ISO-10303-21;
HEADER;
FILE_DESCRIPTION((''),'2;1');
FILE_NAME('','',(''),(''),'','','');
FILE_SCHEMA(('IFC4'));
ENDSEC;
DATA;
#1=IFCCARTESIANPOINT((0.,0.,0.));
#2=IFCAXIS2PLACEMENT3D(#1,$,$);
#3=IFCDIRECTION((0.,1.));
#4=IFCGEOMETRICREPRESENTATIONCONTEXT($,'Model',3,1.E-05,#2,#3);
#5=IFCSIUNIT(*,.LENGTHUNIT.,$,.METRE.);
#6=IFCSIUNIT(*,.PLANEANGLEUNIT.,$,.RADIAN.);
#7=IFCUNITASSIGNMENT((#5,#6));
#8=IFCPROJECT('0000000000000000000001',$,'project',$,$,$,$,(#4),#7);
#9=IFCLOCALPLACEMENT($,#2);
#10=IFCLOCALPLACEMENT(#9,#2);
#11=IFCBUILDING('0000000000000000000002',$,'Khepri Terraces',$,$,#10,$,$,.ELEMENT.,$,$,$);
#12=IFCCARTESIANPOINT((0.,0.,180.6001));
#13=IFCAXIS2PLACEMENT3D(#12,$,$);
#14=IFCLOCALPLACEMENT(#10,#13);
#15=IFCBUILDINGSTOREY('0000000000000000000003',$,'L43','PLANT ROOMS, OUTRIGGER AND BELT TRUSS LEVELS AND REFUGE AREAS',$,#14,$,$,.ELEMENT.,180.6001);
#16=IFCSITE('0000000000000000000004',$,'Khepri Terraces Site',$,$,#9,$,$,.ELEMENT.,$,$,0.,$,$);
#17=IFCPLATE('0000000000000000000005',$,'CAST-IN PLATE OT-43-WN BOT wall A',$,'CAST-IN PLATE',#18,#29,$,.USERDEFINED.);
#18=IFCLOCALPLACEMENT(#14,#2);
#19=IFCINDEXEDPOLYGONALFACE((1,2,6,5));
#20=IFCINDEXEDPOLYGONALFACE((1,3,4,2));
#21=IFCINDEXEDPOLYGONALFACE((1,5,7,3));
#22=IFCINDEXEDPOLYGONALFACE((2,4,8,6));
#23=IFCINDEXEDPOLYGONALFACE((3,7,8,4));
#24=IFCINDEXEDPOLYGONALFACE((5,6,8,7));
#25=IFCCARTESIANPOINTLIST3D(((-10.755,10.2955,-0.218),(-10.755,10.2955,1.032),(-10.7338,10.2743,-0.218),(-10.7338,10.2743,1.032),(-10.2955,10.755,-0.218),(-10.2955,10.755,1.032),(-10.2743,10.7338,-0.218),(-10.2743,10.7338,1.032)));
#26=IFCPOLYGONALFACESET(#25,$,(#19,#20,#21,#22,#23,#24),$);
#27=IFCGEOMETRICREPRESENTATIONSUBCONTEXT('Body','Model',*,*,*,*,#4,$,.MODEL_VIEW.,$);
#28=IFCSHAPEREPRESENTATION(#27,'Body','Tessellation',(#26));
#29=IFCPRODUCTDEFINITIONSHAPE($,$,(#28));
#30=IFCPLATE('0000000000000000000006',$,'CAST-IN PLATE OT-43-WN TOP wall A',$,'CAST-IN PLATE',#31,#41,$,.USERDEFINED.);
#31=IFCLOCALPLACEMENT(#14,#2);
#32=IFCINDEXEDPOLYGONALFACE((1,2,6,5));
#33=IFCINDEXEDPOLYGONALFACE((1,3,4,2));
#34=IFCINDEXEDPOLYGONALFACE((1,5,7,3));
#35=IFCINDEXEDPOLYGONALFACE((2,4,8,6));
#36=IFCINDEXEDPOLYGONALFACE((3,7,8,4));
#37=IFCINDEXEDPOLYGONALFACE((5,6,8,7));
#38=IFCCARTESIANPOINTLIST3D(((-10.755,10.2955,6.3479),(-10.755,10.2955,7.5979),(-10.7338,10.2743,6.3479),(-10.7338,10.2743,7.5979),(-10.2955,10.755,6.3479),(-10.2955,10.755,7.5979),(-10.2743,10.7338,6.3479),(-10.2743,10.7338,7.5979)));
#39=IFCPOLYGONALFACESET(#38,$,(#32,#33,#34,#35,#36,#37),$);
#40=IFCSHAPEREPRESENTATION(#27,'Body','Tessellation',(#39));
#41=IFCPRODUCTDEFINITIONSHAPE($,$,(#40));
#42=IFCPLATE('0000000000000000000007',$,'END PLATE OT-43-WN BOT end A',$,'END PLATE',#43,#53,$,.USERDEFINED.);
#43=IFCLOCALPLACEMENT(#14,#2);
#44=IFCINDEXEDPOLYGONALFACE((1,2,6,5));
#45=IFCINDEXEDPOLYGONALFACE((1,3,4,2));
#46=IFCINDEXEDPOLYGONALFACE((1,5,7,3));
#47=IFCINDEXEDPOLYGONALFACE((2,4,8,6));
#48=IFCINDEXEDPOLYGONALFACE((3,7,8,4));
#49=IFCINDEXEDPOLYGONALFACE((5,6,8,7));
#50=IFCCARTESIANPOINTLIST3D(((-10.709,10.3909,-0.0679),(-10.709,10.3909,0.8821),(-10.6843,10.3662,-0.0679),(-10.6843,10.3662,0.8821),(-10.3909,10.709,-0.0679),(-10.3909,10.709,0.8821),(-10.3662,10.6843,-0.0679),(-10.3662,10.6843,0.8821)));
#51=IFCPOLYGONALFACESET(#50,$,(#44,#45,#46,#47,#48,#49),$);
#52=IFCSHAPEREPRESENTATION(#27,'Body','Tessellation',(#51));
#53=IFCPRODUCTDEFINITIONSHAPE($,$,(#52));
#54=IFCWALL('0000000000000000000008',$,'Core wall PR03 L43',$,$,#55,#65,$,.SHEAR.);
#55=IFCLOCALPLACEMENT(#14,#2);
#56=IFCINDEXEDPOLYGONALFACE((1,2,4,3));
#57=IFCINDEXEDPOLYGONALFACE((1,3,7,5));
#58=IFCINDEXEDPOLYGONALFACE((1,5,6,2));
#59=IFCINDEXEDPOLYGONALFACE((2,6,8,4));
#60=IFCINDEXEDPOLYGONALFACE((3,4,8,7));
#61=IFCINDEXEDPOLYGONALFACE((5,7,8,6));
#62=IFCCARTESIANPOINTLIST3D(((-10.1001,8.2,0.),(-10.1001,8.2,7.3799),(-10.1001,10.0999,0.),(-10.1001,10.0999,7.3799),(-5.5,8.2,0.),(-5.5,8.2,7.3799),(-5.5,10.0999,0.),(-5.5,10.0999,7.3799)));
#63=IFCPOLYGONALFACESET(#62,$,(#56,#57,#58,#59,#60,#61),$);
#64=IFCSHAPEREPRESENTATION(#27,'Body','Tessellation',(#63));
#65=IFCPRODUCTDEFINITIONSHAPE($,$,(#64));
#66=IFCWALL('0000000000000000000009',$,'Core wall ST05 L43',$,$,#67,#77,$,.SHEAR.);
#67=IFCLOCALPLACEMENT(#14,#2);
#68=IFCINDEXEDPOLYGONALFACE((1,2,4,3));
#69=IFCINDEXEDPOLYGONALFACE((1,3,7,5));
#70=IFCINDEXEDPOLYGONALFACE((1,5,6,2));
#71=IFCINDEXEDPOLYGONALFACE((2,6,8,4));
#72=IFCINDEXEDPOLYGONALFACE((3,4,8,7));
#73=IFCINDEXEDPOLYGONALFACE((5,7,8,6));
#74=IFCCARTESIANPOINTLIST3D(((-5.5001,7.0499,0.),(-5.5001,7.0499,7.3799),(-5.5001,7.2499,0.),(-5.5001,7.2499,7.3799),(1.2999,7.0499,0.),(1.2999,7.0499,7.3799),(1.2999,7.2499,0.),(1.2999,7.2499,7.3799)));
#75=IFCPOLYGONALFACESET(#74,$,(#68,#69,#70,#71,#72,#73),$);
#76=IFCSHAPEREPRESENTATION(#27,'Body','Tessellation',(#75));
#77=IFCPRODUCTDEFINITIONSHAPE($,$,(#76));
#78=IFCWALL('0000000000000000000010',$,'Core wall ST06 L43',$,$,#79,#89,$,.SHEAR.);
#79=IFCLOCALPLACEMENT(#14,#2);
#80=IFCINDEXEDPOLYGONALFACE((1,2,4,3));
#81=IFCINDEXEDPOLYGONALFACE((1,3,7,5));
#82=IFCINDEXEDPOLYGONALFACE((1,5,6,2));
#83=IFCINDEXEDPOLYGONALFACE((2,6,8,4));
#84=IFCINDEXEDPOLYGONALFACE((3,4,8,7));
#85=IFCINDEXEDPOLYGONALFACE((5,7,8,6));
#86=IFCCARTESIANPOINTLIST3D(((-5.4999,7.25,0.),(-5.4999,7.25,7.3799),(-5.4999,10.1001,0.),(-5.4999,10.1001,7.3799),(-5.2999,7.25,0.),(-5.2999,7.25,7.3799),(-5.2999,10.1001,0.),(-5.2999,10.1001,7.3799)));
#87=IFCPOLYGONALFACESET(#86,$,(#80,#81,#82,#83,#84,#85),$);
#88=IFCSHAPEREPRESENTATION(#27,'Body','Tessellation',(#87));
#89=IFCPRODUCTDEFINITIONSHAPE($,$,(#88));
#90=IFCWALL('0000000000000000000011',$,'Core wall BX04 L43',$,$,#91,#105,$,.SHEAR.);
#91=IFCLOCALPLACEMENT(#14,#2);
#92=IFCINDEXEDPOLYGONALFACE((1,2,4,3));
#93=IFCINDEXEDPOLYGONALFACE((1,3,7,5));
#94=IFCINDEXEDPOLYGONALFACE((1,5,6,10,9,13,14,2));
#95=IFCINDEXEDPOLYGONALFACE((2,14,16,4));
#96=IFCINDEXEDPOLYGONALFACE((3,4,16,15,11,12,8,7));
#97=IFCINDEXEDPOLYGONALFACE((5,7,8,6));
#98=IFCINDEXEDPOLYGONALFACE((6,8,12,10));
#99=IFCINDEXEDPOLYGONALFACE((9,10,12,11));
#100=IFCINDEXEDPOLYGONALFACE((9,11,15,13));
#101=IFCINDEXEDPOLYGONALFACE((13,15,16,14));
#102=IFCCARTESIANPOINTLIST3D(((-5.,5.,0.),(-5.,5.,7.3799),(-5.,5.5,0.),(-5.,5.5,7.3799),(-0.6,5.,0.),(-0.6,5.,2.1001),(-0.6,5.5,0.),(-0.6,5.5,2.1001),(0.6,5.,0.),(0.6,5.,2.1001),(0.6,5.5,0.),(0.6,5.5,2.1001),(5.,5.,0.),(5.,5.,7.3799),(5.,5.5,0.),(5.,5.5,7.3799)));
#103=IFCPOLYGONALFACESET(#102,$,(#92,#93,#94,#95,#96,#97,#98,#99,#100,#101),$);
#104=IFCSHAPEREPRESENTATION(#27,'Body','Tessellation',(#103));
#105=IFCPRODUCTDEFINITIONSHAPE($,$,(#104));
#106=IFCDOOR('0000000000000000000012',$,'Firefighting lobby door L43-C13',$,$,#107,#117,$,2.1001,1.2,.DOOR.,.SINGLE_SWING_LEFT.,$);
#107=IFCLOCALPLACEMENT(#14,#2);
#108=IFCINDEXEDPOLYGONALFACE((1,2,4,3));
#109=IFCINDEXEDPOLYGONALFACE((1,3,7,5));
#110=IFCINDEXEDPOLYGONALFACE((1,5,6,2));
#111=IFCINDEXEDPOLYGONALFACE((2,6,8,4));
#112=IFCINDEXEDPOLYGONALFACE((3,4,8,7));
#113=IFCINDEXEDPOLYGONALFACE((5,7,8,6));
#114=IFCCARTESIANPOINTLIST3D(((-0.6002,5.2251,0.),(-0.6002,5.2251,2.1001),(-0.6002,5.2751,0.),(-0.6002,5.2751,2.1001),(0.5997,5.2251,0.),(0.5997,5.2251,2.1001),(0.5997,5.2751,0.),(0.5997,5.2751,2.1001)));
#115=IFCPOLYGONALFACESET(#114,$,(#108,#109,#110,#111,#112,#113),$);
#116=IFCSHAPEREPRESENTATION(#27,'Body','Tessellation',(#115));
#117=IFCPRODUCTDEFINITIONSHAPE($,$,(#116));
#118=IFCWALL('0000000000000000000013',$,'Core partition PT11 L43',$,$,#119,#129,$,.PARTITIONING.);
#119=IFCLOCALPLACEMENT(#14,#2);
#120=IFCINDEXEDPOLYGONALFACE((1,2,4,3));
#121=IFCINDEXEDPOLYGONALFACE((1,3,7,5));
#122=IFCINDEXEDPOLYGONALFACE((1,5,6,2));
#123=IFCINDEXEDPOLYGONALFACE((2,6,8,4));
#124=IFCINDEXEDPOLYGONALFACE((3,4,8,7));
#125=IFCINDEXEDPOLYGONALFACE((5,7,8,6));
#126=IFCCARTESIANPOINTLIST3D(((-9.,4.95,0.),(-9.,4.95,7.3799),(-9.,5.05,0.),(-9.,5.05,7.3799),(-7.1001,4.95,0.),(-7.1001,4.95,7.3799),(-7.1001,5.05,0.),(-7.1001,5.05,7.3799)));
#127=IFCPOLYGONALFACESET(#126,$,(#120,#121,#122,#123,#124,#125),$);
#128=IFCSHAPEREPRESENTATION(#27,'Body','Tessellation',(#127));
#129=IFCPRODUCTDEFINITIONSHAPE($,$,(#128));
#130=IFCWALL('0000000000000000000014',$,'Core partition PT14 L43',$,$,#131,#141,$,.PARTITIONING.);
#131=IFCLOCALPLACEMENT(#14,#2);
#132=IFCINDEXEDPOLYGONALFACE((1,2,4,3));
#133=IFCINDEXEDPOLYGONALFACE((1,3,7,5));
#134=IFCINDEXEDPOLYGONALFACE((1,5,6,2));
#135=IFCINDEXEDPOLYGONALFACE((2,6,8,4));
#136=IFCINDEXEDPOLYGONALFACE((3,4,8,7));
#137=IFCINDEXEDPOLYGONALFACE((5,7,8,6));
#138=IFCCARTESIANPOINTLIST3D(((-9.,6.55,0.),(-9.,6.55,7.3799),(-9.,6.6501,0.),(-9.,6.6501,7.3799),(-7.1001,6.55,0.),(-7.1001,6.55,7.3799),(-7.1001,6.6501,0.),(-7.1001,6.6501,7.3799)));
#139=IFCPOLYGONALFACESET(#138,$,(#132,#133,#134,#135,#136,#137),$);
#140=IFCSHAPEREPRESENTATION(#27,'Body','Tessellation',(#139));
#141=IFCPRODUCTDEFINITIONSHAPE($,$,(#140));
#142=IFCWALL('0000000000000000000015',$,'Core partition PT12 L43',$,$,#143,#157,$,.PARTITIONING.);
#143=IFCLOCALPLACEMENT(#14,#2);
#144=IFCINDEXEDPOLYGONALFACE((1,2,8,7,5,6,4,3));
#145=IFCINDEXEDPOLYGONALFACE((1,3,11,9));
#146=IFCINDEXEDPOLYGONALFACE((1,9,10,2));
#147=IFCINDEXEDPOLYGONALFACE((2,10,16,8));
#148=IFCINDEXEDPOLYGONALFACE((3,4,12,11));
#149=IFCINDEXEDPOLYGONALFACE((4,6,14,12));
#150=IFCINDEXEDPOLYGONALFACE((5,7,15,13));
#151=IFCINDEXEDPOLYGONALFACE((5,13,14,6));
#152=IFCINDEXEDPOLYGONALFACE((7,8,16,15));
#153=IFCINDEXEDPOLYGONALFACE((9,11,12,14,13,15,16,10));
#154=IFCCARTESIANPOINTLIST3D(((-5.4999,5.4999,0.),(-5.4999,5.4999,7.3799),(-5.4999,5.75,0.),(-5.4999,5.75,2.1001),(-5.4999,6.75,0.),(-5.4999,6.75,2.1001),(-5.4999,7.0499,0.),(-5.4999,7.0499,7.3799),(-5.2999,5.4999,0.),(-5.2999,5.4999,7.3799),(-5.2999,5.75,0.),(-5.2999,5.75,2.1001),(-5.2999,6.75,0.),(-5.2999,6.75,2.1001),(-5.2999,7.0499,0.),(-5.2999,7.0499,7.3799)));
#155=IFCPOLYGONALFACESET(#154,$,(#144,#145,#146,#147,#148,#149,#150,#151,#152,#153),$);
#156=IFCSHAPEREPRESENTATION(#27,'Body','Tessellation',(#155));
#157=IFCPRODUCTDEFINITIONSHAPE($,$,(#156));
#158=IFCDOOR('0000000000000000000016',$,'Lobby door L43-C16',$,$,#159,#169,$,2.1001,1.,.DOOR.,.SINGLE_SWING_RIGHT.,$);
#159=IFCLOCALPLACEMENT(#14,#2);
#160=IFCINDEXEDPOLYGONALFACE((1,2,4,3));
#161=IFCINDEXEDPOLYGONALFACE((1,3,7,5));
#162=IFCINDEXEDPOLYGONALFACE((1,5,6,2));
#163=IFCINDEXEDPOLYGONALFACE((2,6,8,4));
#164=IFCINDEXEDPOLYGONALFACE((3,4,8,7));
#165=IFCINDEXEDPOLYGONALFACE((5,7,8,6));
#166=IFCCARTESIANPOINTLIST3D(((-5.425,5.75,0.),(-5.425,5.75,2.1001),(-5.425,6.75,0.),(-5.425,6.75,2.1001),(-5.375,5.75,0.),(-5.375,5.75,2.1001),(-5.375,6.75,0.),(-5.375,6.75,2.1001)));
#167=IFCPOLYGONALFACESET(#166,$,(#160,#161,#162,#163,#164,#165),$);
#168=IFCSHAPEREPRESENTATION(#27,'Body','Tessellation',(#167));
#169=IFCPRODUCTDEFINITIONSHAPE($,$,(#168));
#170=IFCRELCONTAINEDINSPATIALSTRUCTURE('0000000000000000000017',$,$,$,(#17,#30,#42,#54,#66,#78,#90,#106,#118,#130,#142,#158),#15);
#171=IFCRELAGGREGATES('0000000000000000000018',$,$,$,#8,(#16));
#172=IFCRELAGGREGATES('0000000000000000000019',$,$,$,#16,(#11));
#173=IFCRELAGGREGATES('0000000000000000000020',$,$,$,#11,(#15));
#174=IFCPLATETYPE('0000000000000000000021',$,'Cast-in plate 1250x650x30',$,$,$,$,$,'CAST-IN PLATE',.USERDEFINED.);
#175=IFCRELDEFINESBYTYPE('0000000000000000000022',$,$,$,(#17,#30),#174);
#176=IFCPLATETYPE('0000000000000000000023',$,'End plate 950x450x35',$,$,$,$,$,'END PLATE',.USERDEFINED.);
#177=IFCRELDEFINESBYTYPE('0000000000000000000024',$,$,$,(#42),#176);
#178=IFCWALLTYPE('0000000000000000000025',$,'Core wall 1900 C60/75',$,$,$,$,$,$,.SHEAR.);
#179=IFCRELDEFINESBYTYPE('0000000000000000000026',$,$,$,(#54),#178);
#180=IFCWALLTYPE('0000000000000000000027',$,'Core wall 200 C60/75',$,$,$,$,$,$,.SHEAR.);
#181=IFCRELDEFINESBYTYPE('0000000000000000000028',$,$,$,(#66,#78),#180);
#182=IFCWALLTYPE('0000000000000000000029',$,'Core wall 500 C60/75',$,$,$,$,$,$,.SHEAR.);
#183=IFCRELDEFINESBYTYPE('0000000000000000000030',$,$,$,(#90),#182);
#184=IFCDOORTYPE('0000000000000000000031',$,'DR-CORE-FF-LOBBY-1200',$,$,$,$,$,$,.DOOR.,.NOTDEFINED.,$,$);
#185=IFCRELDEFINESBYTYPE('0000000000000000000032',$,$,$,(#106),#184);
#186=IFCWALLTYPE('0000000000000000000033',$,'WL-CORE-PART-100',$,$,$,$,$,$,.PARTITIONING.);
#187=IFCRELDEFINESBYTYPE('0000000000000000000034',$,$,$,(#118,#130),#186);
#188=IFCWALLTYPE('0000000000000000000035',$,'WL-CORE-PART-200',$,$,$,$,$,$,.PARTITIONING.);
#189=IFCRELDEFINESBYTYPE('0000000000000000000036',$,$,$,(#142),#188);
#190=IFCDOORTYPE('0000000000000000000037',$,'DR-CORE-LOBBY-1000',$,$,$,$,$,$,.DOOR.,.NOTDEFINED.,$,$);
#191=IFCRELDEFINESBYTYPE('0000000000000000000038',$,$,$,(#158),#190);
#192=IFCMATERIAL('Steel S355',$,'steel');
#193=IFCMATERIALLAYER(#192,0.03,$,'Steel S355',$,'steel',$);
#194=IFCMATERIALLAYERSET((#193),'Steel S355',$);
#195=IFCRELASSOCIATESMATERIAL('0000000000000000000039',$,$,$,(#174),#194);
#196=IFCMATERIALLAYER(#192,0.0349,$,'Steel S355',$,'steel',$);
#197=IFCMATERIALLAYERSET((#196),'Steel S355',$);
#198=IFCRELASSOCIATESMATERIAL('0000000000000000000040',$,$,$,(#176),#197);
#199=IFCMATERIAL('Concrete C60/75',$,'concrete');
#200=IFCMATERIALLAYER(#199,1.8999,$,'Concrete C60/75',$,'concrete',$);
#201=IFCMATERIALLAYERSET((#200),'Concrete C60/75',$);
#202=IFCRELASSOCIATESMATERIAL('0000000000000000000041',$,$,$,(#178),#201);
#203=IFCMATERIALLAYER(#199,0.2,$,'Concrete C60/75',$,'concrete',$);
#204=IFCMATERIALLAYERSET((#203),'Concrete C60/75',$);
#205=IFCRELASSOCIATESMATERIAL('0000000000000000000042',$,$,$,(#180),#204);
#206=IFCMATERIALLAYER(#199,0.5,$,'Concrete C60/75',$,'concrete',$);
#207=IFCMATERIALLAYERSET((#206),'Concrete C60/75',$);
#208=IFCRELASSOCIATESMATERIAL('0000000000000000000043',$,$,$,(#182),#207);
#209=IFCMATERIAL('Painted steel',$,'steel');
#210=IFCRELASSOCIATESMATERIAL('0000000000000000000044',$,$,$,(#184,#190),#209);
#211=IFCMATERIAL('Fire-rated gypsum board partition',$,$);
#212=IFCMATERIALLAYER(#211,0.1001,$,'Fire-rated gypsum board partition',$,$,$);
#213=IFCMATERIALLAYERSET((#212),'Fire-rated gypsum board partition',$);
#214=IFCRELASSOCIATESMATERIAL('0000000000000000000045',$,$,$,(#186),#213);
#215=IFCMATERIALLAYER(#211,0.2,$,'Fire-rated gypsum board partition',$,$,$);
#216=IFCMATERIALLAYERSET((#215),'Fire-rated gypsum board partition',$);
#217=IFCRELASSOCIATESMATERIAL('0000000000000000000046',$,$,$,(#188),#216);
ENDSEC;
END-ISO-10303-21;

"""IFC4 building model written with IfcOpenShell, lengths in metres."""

from ifc_helpers import new_model, si_unit, direction, frame, frame_2d, origin, origin_2d, place, context, subcontext, project, spatial, rectangle, extrude, material, layer, layer_set, type_object, element, fill, save


model = new_model("IFC4")

# Units and contexts
model_context = context("Model", 3, precision=1e-05, world=origin(), true_north=direction((0.0, 1.0)))
body_context = subcontext(model_context, "Body", "Model", "MODEL_VIEW")
ifc_project = project(units=[si_unit("LENGTHUNIT", "METRE"), si_unit("PLANEANGLEUNIT", "RADIAN")], contexts=[model_context])

# Site, building, storey
site_placement = place(None, origin())
site = spatial("IfcSite", under=ifc_project, at=site_placement, Name="Khepri Terraces Site", CompositionType="ELEMENT", RefElevation=0.0)
building_placement = place(site_placement, origin())
building = spatial("IfcBuilding", under=site, at=building_placement, Name="Khepri Terraces", CompositionType="ELEMENT")
storey_placement = place(building_placement, frame((0.0, 0.0, 180.6001)))
storey = spatial("IfcBuildingStorey", under=building, at=storey_placement, Name="L43", Description="PLANT ROOMS, OUTRIGGER AND BELT TRUSS LEVELS AND REFUGE AREAS", CompositionType="ELEMENT", Elevation=180.6001)

# Plates
ifc_material_1 = material(Name="Steel S355", Category="steel")
ifc_layer_1 = layer(ifc_material_1, 0.03, Name="Steel S355", Category="steel")
ifc_layer_set_1 = layer_set([ifc_layer_1], Name="Steel S355")
plate_type_1 = type_object("IfcPlateType", Name="Cast-in plate 1250x650x30", ElementType="CAST-IN PLATE", PredefinedType="USERDEFINED", material=ifc_layer_set_1)
for number, where, z_axis, x_axis, name in (
    (1, (-10.5146, 10.5146, -0.218), (0.0, 0.0, 1.0), (-0.707107, 0.707107, 0.0), "CAST-IN PLATE OT-43-WN BOT wall A"),
    (2, (-10.5146, 10.5146, 6.3479), (0.0, 0.0, 1.0), (-0.707107, 0.707107, 0.0), "CAST-IN PLATE OT-43-WN TOP wall A"),
):
    element("IfcPlate", number, at=place(storey_placement, frame(where, z_axis=z_axis, x_axis=x_axis)), inside=storey, type_object=plate_type_1, Name=name, ObjectType="CAST-IN PLATE", PredefinedType="USERDEFINED", context=body_context, shape_type="SweptSolid", body=[
        extrude(rectangle(XDim=0.03, YDim=0.6499, at=origin_2d()), origin(), (0.0, 0.0, 1.0), 1.25),
    ])
ifc_layer_2 = layer(ifc_material_1, 0.0349, Name="Steel S355", Category="steel")
ifc_layer_set_2 = layer_set([ifc_layer_2], Name="Steel S355")
plate_type_2 = type_object("IfcPlateType", Name="End plate 950x450x35", ElementType="END PLATE", PredefinedType="USERDEFINED", material=ifc_layer_set_2)
plate_placement = place(storey_placement, frame((-10.5376, 10.5376, -0.0679), z_axis=(0.0, 0.0, 1.0), x_axis=(-0.707107, 0.707107, 0.0)))
element("IfcPlate", 3, at=plate_placement, inside=storey, type_object=plate_type_2, Name="END PLATE OT-43-WN BOT end A", ObjectType="END PLATE", PredefinedType="USERDEFINED", context=body_context, shape_type="SweptSolid", body=[
    extrude(rectangle(XDim=0.0349, YDim=0.45, at=origin_2d()), origin(), (0.0, 0.0, 1.0), 0.95),
])

# Walls
ifc_material_2 = material(Name="Concrete C60/75", Category="concrete")
ifc_layer_3 = layer(ifc_material_2, 1.8999, Name="Concrete C60/75", Category="concrete")
ifc_layer_set_3 = layer_set([ifc_layer_3], Name="Concrete C60/75")
wall_type_1 = type_object("IfcWallType", Name="Core wall 1900 C60/75", PredefinedType="SHEAR", material=ifc_layer_set_3)
wall_1_placement = place(storey_placement, frame((-10.1001, 9.1499, 0.0), z_axis=(0.0, 0.0, 1.0), x_axis=(1.0, 0.0, 0.0)))
element("IfcWall", 4, at=wall_1_placement, inside=storey, type_object=wall_type_1, Name="Core wall PR03 L43", PredefinedType="SHEAR", context=body_context, shape_type="SweptSolid", body=[
    extrude(rectangle(XDim=4.6001, YDim=1.8999, at=frame_2d((2.3, 0.0))), origin(), (0.0, 0.0, 1.0), 7.3799),
])
ifc_layer_4 = layer(ifc_material_2, 0.2, Name="Concrete C60/75", Category="concrete")
ifc_layer_set_4 = layer_set([ifc_layer_4], Name="Concrete C60/75")
wall_type_2 = type_object("IfcWallType", Name="Core wall 200 C60/75", PredefinedType="SHEAR", material=ifc_layer_set_4)
wall_2_placement = place(storey_placement, frame((-5.5, 7.1499, 0.0), z_axis=(0.0, 0.0, 1.0), x_axis=(1.0, 0.0, 0.0)))
element("IfcWall", 5, at=wall_2_placement, inside=storey, type_object=wall_type_2, Name="Core wall ST05 L43", PredefinedType="SHEAR", context=body_context, shape_type="SweptSolid", body=[
    extrude(rectangle(XDim=6.8, YDim=0.2, at=frame_2d((3.3999, 0.0))), origin(), (0.0, 0.0, 1.0), 7.3799),
])
wall_3_placement = place(storey_placement, frame((-5.3999, 7.25, 0.0), z_axis=(0.0, 0.0, 1.0), x_axis=(0.0, 1.0, 0.0)))
element("IfcWall", 6, at=wall_3_placement, inside=storey, type_object=wall_type_2, Name="Core wall ST06 L43", PredefinedType="SHEAR", context=body_context, shape_type="SweptSolid", body=[
    extrude(rectangle(XDim=2.8501, YDim=0.2, at=frame_2d((1.425, 0.0))), origin(), (0.0, 0.0, 1.0), 7.3799),
])

# Wall, opening, door
ifc_layer_5 = layer(ifc_material_2, 0.5, Name="Concrete C60/75", Category="concrete")
ifc_layer_set_5 = layer_set([ifc_layer_5], Name="Concrete C60/75")
wall_type_3 = type_object("IfcWallType", Name="Core wall 500 C60/75", PredefinedType="SHEAR", material=ifc_layer_set_5)
wall_4_placement = place(storey_placement, frame((-5.0, 5.25, 0.0), z_axis=(0.0, 0.0, 1.0), x_axis=(1.0, 0.0, 0.0)))
wall_4 = element("IfcWall", 7, at=wall_4_placement, inside=storey, type_object=wall_type_3, Name="Core wall BX04 L43", PredefinedType="SHEAR", context=body_context, shape_type="SweptSolid", body=[
    extrude(rectangle(XDim=10.0, YDim=0.5, at=frame_2d((5.0, 0.0))), origin(), (0.0, 0.0, 1.0), 7.3799),
])
opening_1_placement = place(wall_4_placement, frame((4.3999, 0.0, 0.0)))
opening_1 = element("IfcOpeningElement", 8, at=opening_1_placement, cuts=wall_4, PredefinedType="OPENING", context=body_context, shape_type="SweptSolid", body=[
    extrude(rectangle(XDim=1.2, YDim=2.1001, at=frame_2d((0.6001, 1.05))), frame((0.0, 0.26, 0.0), z_axis=(0.0, -1.0, 0.0), x_axis=(1.0, 0.0, 0.0)), (0.0, 0.0, 1.0), 0.52),
])
ifc_material_3 = material(Name="Painted steel", Category="steel")
door_type_1 = type_object("IfcDoorType", Name="DR-CORE-FF-LOBBY-1200", OperationType="NOTDEFINED", PredefinedType="DOOR", material=ifc_material_3)
door_1_placement = place(opening_1_placement, frame((1.2, 0.0, 0.0), z_axis=(0.0, 0.0, 1.0), x_axis=(-1.0, 0.0, 0.0)))
door_1 = element("IfcDoor", 9, at=door_1_placement, inside=storey, type_object=door_type_1, Name="Firefighting lobby door L43-C13", OperationType="SINGLE_SWING_LEFT", OverallHeight=2.1001, OverallWidth=1.2, PredefinedType="DOOR", context=body_context, shape_type="SweptSolid", body=[
    extrude(rectangle(XDim=1.2, YDim=2.1001, at=frame_2d((0.6001, 1.05))), frame((0.0, 0.0249, 0.0), z_axis=(0.0, -1.0, 0.0), x_axis=(1.0, 0.0, 0.0)), (0.0, 0.0, 1.0), 0.05),
])
fill(opening_1, door_1)

# Walls
ifc_material_4 = material(Name="Fire-rated gypsum board partition")
ifc_layer_6 = layer(ifc_material_4, 0.1001, Name="Fire-rated gypsum board partition")
ifc_layer_set_6 = layer_set([ifc_layer_6], Name="Fire-rated gypsum board partition")
wall_type_4 = type_object("IfcWallType", Name="WL-CORE-PART-100", PredefinedType="PARTITIONING", material=ifc_layer_set_6)
for number, where, z_axis, x_axis, name in (
    (10, (-9.0, 5.0, 0.0), (0.0, 0.0, 1.0), (1.0, 0.0, 0.0), "Core partition PT11 L43"),
    (11, (-9.0, 6.6001, 0.0), (0.0, 0.0, 1.0), (1.0, 0.0, 0.0), "Core partition PT14 L43"),
):
    element("IfcWall", number, at=place(storey_placement, frame(where, z_axis=z_axis, x_axis=x_axis)), inside=storey, type_object=wall_type_4, Name=name, PredefinedType="PARTITIONING", context=body_context, shape_type="SweptSolid", body=[
        extrude(rectangle(XDim=1.8999, YDim=0.1001, at=frame_2d((0.95, 0.0))), origin(), (0.0, 0.0, 1.0), 7.3799),
    ])

# Wall, opening, door
ifc_layer_7 = layer(ifc_material_4, 0.2, Name="Fire-rated gypsum board partition")
ifc_layer_set_7 = layer_set([ifc_layer_7], Name="Fire-rated gypsum board partition")
wall_type_5 = type_object("IfcWallType", Name="WL-CORE-PART-200", PredefinedType="PARTITIONING", material=ifc_layer_set_7)
wall_5_placement = place(storey_placement, frame((-5.3999, 5.5, 0.0), z_axis=(0.0, 0.0, 1.0), x_axis=(0.0, 1.0, 0.0)))
wall_5 = element("IfcWall", 12, at=wall_5_placement, inside=storey, type_object=wall_type_5, Name="Core partition PT12 L43", PredefinedType="PARTITIONING", context=body_context, shape_type="SweptSolid", body=[
    extrude(rectangle(XDim=1.55, YDim=0.2, at=frame_2d((0.7749, 0.0))), origin(), (0.0, 0.0, 1.0), 7.3799),
])
opening_2_placement = place(wall_5_placement, frame((0.25, 0.0, 0.0)))
opening_2 = element("IfcOpeningElement", 13, at=opening_2_placement, cuts=wall_5, PredefinedType="OPENING", context=body_context, shape_type="SweptSolid", body=[
    extrude(rectangle(XDim=1.0, YDim=2.1001, at=frame_2d((0.5, 1.05))), frame((0.0, 0.1099, 0.0), z_axis=(0.0, -1.0, 0.0), x_axis=(1.0, 0.0, 0.0)), (0.0, 0.0, 1.0), 0.22),
])
door_type_2 = type_object("IfcDoorType", Name="DR-CORE-LOBBY-1000", OperationType="NOTDEFINED", PredefinedType="DOOR", material=ifc_material_3)
door_2_placement = place(opening_2_placement, frame((1.0, 0.0, 0.0), z_axis=(0.0, 0.0, 1.0), x_axis=(-1.0, 0.0, 0.0)))
door_2 = element("IfcDoor", 14, at=door_2_placement, inside=storey, type_object=door_type_2, Name="Lobby door L43-C16", OperationType="SINGLE_SWING_RIGHT", OverallHeight=2.1001, OverallWidth=1.0, PredefinedType="DOOR", context=body_context, shape_type="SweptSolid", body=[
    extrude(rectangle(XDim=1.0, YDim=2.1001, at=frame_2d((0.5, 1.05))), frame((0.0, 0.0249, 0.0), z_axis=(0.0, -1.0, 0.0), x_axis=(1.0, 0.0, 0.0)), (0.0, 0.0, 1.0), 0.05),
])
fill(opening_2, door_2)

save(model, "model.ifc")
